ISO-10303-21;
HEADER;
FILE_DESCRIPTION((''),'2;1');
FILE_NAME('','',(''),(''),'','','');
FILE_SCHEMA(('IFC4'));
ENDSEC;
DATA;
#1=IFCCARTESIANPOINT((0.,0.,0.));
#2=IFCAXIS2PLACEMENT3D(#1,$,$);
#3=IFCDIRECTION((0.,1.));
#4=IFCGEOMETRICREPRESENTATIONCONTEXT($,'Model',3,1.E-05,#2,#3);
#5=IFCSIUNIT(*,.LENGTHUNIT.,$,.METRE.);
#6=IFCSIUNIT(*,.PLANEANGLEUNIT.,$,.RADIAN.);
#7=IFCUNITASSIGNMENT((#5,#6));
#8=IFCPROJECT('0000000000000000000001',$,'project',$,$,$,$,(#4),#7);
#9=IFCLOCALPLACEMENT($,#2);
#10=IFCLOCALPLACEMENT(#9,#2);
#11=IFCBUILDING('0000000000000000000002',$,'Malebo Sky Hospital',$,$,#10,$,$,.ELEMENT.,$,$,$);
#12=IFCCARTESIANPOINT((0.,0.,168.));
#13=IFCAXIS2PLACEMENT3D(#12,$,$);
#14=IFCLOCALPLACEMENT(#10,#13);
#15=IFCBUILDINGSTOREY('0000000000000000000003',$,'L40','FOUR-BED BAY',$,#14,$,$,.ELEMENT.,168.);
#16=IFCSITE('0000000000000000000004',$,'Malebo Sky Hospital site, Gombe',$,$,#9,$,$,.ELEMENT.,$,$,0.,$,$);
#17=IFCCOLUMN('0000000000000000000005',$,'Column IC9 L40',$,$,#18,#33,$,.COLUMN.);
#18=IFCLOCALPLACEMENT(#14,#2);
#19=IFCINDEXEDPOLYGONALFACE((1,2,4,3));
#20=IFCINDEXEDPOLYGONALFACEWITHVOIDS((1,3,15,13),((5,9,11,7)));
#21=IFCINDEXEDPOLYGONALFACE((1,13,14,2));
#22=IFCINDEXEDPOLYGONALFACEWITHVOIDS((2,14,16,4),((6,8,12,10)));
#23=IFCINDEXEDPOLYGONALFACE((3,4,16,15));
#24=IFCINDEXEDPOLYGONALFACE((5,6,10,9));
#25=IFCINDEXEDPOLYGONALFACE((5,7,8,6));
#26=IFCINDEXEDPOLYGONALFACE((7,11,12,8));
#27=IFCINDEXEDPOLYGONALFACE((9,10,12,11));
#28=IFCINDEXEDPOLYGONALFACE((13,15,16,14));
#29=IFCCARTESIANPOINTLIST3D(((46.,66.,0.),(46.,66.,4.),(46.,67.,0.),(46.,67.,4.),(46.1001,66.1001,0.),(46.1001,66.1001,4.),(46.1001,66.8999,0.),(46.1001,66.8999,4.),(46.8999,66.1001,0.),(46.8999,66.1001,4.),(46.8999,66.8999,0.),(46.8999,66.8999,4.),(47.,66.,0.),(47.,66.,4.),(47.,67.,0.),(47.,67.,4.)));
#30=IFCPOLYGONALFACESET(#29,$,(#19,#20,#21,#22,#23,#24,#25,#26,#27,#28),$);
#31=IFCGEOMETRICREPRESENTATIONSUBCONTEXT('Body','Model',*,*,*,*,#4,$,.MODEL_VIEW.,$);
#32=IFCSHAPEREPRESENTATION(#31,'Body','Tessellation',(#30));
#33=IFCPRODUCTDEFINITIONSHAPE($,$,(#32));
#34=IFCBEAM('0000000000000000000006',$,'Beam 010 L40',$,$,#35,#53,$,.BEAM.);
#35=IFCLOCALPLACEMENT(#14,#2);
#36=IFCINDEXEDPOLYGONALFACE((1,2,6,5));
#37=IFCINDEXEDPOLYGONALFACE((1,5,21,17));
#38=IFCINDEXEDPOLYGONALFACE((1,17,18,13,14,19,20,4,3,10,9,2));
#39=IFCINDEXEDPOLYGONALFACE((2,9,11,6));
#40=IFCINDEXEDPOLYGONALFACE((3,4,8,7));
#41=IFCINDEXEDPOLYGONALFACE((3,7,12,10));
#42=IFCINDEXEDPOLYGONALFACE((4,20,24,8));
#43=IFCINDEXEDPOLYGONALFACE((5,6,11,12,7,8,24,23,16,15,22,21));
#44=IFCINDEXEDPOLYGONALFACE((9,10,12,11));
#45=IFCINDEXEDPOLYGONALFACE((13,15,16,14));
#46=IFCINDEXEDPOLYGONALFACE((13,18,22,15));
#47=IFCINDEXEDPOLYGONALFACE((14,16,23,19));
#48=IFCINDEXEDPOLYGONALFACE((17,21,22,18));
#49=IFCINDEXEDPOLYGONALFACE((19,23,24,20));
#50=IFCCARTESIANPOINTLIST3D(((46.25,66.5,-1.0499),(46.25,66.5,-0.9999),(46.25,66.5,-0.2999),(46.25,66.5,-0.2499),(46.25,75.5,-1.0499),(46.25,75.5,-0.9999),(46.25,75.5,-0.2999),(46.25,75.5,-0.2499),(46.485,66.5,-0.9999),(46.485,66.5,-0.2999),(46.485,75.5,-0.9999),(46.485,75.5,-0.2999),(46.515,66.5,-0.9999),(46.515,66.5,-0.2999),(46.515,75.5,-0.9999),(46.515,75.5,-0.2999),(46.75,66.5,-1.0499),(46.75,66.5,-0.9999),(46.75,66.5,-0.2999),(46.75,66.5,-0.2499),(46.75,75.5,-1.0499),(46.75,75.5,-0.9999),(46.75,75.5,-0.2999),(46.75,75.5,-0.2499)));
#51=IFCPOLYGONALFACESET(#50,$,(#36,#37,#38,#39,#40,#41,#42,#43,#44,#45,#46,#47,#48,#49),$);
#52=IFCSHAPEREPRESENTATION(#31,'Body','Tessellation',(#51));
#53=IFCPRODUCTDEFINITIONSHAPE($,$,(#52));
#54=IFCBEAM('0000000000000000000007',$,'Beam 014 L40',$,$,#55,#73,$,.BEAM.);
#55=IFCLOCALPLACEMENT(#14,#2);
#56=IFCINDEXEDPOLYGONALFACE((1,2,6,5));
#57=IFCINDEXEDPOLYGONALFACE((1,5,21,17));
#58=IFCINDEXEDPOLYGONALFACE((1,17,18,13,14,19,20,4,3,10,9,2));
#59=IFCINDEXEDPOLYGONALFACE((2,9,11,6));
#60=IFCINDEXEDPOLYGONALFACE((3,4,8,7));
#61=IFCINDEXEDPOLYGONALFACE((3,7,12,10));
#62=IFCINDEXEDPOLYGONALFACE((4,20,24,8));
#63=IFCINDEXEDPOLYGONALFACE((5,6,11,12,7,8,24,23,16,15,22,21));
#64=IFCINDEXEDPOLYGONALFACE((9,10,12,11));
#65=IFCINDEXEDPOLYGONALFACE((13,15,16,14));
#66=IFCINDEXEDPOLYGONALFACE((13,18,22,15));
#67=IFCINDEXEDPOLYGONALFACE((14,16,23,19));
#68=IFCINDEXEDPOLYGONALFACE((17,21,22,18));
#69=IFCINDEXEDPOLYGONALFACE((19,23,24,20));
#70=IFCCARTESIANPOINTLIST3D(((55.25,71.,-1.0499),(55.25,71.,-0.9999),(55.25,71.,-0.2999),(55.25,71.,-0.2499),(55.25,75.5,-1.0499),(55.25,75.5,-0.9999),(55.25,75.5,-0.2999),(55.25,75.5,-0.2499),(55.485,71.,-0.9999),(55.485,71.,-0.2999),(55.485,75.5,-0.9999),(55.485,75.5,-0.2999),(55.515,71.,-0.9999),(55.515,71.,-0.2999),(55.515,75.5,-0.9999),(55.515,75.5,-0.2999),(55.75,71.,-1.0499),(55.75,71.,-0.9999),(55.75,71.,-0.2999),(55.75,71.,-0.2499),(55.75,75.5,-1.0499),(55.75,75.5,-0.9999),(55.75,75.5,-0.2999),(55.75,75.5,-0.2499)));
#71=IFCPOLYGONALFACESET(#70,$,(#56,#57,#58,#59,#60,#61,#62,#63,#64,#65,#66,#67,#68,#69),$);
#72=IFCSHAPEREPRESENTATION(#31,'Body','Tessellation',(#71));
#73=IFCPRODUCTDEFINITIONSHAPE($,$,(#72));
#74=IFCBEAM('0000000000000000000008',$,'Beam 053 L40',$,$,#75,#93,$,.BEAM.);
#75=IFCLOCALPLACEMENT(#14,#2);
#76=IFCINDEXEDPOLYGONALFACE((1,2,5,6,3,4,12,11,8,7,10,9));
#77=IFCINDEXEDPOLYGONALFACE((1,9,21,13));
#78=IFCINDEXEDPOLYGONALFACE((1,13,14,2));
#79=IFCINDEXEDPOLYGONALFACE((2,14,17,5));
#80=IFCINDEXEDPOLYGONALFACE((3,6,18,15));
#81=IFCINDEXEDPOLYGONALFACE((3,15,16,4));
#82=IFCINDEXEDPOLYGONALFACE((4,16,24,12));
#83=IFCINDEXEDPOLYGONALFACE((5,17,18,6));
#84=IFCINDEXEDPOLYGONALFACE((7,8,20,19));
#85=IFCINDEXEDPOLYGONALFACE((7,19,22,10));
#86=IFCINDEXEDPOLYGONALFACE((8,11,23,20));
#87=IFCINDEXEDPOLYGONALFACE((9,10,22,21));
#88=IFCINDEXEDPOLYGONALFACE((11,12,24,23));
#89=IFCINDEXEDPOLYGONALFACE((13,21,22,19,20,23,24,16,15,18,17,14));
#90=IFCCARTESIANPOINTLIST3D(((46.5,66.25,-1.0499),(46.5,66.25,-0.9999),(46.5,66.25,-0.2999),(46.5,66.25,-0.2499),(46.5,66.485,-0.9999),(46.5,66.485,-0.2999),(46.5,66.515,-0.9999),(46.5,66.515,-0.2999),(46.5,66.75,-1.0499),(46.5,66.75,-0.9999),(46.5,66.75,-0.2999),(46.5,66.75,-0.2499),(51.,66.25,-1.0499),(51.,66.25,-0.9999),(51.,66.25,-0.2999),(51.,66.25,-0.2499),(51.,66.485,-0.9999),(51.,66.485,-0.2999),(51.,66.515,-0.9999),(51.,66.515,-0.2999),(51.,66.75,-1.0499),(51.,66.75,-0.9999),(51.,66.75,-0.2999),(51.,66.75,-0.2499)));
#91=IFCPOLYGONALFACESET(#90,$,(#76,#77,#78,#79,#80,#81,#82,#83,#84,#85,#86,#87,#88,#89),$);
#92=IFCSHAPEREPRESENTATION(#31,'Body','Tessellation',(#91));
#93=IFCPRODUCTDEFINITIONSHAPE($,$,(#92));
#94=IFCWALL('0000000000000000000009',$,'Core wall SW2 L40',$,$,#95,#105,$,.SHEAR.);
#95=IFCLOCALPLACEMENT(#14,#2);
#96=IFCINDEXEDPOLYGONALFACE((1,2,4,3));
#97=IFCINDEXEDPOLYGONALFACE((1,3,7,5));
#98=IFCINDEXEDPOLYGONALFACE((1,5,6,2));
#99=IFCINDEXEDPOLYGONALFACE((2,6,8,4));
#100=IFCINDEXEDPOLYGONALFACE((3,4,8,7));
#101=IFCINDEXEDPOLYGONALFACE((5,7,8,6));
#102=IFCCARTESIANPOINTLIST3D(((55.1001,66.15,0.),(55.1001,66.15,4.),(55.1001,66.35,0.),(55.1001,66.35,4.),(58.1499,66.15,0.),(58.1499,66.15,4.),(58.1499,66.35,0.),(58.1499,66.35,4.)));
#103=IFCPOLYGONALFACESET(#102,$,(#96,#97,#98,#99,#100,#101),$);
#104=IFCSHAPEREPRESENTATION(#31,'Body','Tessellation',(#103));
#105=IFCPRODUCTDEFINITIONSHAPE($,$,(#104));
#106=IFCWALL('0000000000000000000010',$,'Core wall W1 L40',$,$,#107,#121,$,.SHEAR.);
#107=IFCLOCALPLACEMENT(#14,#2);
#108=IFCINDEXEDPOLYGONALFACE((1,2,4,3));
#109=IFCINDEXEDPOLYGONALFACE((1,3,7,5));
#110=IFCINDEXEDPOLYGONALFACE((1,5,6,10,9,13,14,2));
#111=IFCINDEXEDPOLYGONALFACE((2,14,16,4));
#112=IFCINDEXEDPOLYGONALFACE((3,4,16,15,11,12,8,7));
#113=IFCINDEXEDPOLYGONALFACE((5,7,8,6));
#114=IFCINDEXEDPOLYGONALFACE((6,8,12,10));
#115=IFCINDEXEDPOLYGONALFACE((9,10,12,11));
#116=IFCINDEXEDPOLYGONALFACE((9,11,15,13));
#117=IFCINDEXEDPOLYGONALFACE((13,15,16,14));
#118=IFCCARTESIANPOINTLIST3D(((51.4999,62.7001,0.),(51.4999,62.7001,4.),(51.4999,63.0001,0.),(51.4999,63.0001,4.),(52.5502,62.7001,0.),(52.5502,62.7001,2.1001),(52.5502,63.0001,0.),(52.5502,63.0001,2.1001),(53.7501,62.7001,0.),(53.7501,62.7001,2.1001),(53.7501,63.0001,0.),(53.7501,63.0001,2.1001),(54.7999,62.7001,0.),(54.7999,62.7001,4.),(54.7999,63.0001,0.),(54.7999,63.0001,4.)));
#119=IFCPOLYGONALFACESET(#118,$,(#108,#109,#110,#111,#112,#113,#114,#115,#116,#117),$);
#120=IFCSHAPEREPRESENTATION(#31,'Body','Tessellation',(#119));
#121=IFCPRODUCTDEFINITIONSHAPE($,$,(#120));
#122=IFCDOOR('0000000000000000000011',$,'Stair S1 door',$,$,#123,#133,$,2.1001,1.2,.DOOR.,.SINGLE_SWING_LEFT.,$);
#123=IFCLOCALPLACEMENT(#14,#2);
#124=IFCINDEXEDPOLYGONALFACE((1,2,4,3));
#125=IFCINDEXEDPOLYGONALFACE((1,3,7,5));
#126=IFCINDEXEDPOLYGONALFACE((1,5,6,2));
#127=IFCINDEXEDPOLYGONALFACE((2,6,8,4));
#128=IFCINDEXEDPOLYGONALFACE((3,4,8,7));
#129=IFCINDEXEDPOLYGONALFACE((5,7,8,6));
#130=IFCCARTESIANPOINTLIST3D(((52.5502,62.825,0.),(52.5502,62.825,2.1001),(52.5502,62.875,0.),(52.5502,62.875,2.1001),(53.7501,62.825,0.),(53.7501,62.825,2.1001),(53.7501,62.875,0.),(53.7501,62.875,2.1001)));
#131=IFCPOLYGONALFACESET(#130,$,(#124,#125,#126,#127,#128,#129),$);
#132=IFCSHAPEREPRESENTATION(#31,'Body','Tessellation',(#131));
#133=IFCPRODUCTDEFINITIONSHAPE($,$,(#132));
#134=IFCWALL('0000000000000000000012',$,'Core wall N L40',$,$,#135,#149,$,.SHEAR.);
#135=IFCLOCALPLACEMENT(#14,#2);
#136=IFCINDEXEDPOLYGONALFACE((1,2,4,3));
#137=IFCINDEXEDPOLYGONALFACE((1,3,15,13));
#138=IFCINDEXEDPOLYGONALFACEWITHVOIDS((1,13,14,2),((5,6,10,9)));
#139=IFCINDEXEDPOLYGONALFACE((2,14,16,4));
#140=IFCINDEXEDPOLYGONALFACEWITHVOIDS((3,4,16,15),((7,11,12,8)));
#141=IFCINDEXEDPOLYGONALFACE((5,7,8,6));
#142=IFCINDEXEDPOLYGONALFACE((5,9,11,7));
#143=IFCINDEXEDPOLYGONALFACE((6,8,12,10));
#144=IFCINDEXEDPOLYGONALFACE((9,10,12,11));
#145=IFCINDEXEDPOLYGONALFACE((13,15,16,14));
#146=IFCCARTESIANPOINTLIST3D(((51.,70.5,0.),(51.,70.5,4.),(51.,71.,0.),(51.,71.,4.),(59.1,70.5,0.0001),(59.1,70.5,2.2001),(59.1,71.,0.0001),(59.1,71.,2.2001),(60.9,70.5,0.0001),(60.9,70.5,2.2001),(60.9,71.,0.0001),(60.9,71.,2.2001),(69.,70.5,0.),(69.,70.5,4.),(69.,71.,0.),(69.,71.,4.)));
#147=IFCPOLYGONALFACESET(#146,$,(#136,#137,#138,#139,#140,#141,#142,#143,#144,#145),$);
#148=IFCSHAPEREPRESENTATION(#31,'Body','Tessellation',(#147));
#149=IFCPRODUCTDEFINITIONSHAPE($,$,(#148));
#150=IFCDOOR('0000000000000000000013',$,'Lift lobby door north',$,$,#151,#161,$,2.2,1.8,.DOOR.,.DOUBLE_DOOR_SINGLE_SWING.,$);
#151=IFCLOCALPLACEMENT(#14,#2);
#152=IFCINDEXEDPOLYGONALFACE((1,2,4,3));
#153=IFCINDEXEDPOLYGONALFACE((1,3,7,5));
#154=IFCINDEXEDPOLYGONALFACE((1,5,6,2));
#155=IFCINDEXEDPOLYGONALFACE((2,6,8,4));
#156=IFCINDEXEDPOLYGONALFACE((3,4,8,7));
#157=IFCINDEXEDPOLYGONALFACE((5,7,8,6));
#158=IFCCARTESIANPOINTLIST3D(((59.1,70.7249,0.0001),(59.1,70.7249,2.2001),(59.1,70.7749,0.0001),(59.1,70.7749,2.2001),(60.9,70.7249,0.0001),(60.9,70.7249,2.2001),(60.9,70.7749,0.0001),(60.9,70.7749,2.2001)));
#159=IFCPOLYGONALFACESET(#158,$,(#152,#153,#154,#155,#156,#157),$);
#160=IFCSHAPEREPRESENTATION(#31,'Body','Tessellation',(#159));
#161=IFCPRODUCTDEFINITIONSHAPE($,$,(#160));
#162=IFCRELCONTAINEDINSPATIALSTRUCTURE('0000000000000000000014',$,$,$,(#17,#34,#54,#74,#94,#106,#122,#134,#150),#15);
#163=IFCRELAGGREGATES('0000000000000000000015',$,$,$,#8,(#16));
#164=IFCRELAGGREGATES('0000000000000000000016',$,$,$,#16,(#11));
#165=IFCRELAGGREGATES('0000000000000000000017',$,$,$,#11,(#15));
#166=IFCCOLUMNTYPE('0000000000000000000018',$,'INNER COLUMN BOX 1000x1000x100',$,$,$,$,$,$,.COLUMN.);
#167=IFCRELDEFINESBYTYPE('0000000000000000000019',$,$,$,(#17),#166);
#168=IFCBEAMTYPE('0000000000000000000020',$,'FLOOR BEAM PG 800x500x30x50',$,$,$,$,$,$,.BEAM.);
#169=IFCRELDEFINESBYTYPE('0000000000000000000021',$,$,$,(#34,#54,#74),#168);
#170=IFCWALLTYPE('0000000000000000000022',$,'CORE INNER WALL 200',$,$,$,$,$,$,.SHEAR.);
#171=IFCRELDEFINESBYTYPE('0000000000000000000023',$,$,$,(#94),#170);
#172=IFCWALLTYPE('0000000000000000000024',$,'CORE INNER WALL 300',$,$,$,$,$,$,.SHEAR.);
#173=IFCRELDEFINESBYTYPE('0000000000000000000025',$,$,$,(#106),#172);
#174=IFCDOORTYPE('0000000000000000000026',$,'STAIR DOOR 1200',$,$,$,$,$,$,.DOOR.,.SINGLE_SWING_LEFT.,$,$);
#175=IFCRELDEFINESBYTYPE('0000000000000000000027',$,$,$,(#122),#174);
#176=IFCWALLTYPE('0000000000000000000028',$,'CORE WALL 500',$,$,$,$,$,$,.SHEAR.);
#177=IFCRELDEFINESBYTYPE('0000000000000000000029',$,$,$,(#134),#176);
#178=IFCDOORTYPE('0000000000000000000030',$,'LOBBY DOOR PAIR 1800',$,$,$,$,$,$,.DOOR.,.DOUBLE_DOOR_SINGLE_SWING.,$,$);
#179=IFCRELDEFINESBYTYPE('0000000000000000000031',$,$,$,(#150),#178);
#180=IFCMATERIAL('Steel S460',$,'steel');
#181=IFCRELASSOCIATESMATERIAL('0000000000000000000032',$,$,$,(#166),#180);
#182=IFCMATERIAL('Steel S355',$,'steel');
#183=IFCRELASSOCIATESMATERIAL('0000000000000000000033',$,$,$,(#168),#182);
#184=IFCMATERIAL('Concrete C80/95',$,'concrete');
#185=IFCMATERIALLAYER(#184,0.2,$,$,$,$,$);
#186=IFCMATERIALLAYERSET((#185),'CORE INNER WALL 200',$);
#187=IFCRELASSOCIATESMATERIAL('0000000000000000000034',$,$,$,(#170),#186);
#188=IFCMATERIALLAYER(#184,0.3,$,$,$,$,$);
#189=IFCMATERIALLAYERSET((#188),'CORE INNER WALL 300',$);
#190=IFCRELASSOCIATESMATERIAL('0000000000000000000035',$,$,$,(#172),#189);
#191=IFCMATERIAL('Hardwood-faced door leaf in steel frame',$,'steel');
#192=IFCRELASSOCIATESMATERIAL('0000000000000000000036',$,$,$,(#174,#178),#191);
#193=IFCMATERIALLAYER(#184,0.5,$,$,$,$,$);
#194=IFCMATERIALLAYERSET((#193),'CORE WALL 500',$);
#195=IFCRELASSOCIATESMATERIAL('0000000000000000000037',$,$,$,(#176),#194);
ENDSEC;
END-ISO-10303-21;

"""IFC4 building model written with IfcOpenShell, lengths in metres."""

from ifc_helpers import new_model, si_unit, direction, frame, frame_2d, origin, origin_2d, place, context, subcontext, project, spatial, rectangle, hollow_rectangle, i_section, extrude, material, layer, layer_set, material_profile, profile_set, type_object, element, fill, save


model = new_model("IFC4")

# Units and contexts
model_context = context("Model", 3, precision=1e-05, world=origin(), true_north=direction((0.0, 1.0)))
body_context = subcontext(model_context, "Body", "Model", "MODEL_VIEW")
ifc_project = project(units=[si_unit("LENGTHUNIT", "METRE"), si_unit("PLANEANGLEUNIT", "RADIAN")], contexts=[model_context])

# Site, building, storey
site_placement = place(None, origin())
site = spatial("IfcSite", under=ifc_project, at=site_placement, Name="Malebo Sky Hospital site, Gombe", CompositionType="ELEMENT", RefElevation=0.0)
building_placement = place(site_placement, origin())
building = spatial("IfcBuilding", under=site, at=building_placement, Name="Malebo Sky Hospital", CompositionType="ELEMENT")
storey_placement = place(building_placement, frame((0.0, 0.0, 168.0)))
storey = spatial("IfcBuildingStorey", under=building, at=storey_placement, Name="L40", Description="FOUR-BED BAY", CompositionType="ELEMENT", Elevation=168.0)

# Column
ifc_material_1 = material(Name="Steel S460", Category="steel")
ifc_material_profile_1 = material_profile(ifc_material_1, hollow_rectangle(XDim=1.0, YDim=1.0, WallThickness=0.1001, at=origin_2d()), Name="BOX 1000x1000x100")
ifc_profile_set_1 = profile_set([ifc_material_profile_1], Name="Steel S460")
column_type = type_object("IfcColumnType", Name="INNER COLUMN BOX 1000x1000x100", PredefinedType="COLUMN", material=ifc_profile_set_1)
column_placement = place(storey_placement, frame((46.5, 66.5, 0.0), z_axis=(0.0, 0.0, 1.0), x_axis=(1.0, 0.0, 0.0)))
element("IfcColumn", 1, at=column_placement, inside=storey, type_object=column_type, Name="Column IC9 L40", PredefinedType="COLUMN", context=body_context, shape_type="SweptSolid", body=[
    extrude(hollow_rectangle(XDim=1.0, YDim=1.0, WallThickness=0.1001, at=origin_2d()), origin(), (0.0, 0.0, 1.0), 4.0),
])

# Beams
ifc_material_2 = material(Name="Steel S355", Category="steel")
ifc_material_profile_2 = material_profile(ifc_material_2, i_section(OverallWidth=0.5, OverallDepth=0.8, WebThickness=0.03, FlangeThickness=0.05, at=origin_2d()), Name="PG 800x500x30x50")
ifc_profile_set_2 = profile_set([ifc_material_profile_2], Name="Steel S355")
beam_type = type_object("IfcBeamType", Name="FLOOR BEAM PG 800x500x30x50", PredefinedType="BEAM", material=ifc_profile_set_2)
beam_placement = place(storey_placement, frame((46.5, 66.5, -0.6499), z_axis=(0.0, 1.0, 0.0), x_axis=(-1.0, 0.0, 0.0)))
element("IfcBeam", 2, at=beam_placement, inside=storey, type_object=beam_type, Name="Beam 010 L40", PredefinedType="BEAM", context=body_context, shape_type="SweptSolid", body=[
    extrude(i_section(OverallWidth=0.5, OverallDepth=0.8, WebThickness=0.03, FlangeThickness=0.05, at=origin_2d()), origin(), (0.0, 0.0, 1.0), 9.0),
])
for number, where, z_axis, x_axis, name in (
    (3, (55.5, 71.0, -0.6499), (0.0, 1.0, 0.0), (-1.0, 0.0, 0.0), "Beam 014 L40"),
    (4, (46.5, 66.5, -0.6499), (1.0, 0.0, 0.0), (0.0, 1.0, 0.0), "Beam 053 L40"),
):
    element("IfcBeam", number, at=place(storey_placement, frame(where, z_axis=z_axis, x_axis=x_axis)), inside=storey, type_object=beam_type, Name=name, PredefinedType="BEAM", context=body_context, shape_type="SweptSolid", body=[
        extrude(i_section(OverallWidth=0.5, OverallDepth=0.8, WebThickness=0.03, FlangeThickness=0.05, at=origin_2d()), origin(), (0.0, 0.0, 1.0), 4.5),
    ])

# Wall
ifc_material_3 = material(Name="Concrete C80/95", Category="concrete")
ifc_layer_1 = layer(ifc_material_3, 0.2)
ifc_layer_set_1 = layer_set([ifc_layer_1], Name="CORE INNER WALL 200")
wall_type_1 = type_object("IfcWallType", Name="CORE INNER WALL 200", PredefinedType="SHEAR", material=ifc_layer_set_1)
wall_1_placement = place(storey_placement, frame((55.1001, 66.25, 0.0), z_axis=(0.0, 0.0, 1.0), x_axis=(1.0, 0.0, 0.0)))
element("IfcWall", 5, at=wall_1_placement, inside=storey, type_object=wall_type_1, Name="Core wall SW2 L40", PredefinedType="SHEAR", context=body_context, shape_type="SweptSolid", body=[
    extrude(rectangle(XDim=3.0498, YDim=0.2, at=frame_2d((1.5249, 0.0))), origin(), (0.0, 0.0, 1.0), 4.0),
])

# Walls, openings, doors
ifc_layer_2 = layer(ifc_material_3, 0.3)
ifc_layer_set_2 = layer_set([ifc_layer_2], Name="CORE INNER WALL 300")
wall_type_2 = type_object("IfcWallType", Name="CORE INNER WALL 300", PredefinedType="SHEAR", material=ifc_layer_set_2)
wall_2_placement = place(storey_placement, frame((51.5, 62.8501, 0.0), z_axis=(0.0, 0.0, 1.0), x_axis=(1.0, 0.0, 0.0)))
wall_2 = element("IfcWall", 6, at=wall_2_placement, inside=storey, type_object=wall_type_2, Name="Core wall W1 L40", PredefinedType="SHEAR", context=body_context, shape_type="SweptSolid", body=[
    extrude(rectangle(XDim=3.3, YDim=0.3, at=frame_2d((1.6499, 0.0))), origin(), (0.0, 0.0, 1.0), 4.0),
])
opening_1_placement = place(wall_2_placement, frame((1.05, 0.0, 0.0)))
opening_1 = element("IfcOpeningElement", 7, at=opening_1_placement, cuts=wall_2, PredefinedType="OPENING", context=body_context, shape_type="SweptSolid", body=[
    extrude(rectangle(XDim=1.2, YDim=2.1001, at=frame_2d((0.6001, 1.05))), frame((0.0, 0.1599, 0.0), z_axis=(0.0, -1.0, 0.0), x_axis=(1.0, 0.0, 0.0)), (0.0, 0.0, 1.0), 0.3201),
])
ifc_material_4 = material(Name="Hardwood-faced door leaf in steel frame", Category="steel")
door_type_1 = type_object("IfcDoorType", Name="STAIR DOOR 1200", OperationType="SINGLE_SWING_LEFT", PredefinedType="DOOR", material=ifc_material_4)
door_1_placement = place(opening_1_placement, origin())
door_1 = element("IfcDoor", 8, at=door_1_placement, inside=storey, type_object=door_type_1, Name="Stair S1 door", OperationType="SINGLE_SWING_LEFT", OverallHeight=2.1001, OverallWidth=1.2, PredefinedType="DOOR", context=body_context, shape_type="SweptSolid", body=[
    extrude(rectangle(XDim=1.2, YDim=2.1001, at=frame_2d((0.6001, 1.05))), frame((0.0, 0.0249, 0.0), z_axis=(0.0, -1.0, 0.0), x_axis=(1.0, 0.0, 0.0)), (0.0, 0.0, 1.0), 0.05),
])
fill(opening_1, door_1)
ifc_layer_3 = layer(ifc_material_3, 0.5)
ifc_layer_set_3 = layer_set([ifc_layer_3], Name="CORE WALL 500")
wall_type_3 = type_object("IfcWallType", Name="CORE WALL 500", PredefinedType="SHEAR", material=ifc_layer_set_3)
wall_3_placement = place(storey_placement, frame((51.0, 70.75, 0.0), z_axis=(0.0, 0.0, 1.0), x_axis=(1.0, 0.0, 0.0)))
wall_3 = element("IfcWall", 9, at=wall_3_placement, inside=storey, type_object=wall_type_3, Name="Core wall N L40", PredefinedType="SHEAR", context=body_context, shape_type="SweptSolid", body=[
    extrude(rectangle(XDim=18.0, YDim=0.5, at=frame_2d((9.0, 0.0))), origin(), (0.0, 0.0, 1.0), 4.0),
])
opening_2_placement = place(wall_3_placement, frame((8.1001, 0.0, 0.0)))
opening_2 = element("IfcOpeningElement", 10, at=opening_2_placement, cuts=wall_3, PredefinedType="OPENING", context=body_context, shape_type="SweptSolid", body=[
    extrude(rectangle(XDim=1.8, YDim=2.2, at=frame_2d((0.8999, 1.1001))), frame((0.0, 0.26, 0.0), z_axis=(0.0, -1.0, 0.0), x_axis=(1.0, 0.0, 0.0)), (0.0, 0.0, 1.0), 0.52),
])
door_type_2 = type_object("IfcDoorType", Name="LOBBY DOOR PAIR 1800", OperationType="DOUBLE_DOOR_SINGLE_SWING", PredefinedType="DOOR", material=ifc_material_4)
door_2_placement = place(opening_2_placement, origin())
door_2 = element("IfcDoor", 11, at=door_2_placement, inside=storey, type_object=door_type_2, Name="Lift lobby door north", OperationType="DOUBLE_DOOR_SINGLE_SWING", OverallHeight=2.2, OverallWidth=1.8, PredefinedType="DOOR", context=body_context, shape_type="SweptSolid", body=[
    extrude(rectangle(XDim=1.8, YDim=2.2, at=frame_2d((0.8999, 1.1001))), frame((0.0, 0.0249, 0.0), z_axis=(0.0, -1.0, 0.0), x_axis=(1.0, 0.0, 0.0)), (0.0, 0.0, 1.0), 0.05),
])
fill(opening_2, door_2)

save(model, "model.ifc")
